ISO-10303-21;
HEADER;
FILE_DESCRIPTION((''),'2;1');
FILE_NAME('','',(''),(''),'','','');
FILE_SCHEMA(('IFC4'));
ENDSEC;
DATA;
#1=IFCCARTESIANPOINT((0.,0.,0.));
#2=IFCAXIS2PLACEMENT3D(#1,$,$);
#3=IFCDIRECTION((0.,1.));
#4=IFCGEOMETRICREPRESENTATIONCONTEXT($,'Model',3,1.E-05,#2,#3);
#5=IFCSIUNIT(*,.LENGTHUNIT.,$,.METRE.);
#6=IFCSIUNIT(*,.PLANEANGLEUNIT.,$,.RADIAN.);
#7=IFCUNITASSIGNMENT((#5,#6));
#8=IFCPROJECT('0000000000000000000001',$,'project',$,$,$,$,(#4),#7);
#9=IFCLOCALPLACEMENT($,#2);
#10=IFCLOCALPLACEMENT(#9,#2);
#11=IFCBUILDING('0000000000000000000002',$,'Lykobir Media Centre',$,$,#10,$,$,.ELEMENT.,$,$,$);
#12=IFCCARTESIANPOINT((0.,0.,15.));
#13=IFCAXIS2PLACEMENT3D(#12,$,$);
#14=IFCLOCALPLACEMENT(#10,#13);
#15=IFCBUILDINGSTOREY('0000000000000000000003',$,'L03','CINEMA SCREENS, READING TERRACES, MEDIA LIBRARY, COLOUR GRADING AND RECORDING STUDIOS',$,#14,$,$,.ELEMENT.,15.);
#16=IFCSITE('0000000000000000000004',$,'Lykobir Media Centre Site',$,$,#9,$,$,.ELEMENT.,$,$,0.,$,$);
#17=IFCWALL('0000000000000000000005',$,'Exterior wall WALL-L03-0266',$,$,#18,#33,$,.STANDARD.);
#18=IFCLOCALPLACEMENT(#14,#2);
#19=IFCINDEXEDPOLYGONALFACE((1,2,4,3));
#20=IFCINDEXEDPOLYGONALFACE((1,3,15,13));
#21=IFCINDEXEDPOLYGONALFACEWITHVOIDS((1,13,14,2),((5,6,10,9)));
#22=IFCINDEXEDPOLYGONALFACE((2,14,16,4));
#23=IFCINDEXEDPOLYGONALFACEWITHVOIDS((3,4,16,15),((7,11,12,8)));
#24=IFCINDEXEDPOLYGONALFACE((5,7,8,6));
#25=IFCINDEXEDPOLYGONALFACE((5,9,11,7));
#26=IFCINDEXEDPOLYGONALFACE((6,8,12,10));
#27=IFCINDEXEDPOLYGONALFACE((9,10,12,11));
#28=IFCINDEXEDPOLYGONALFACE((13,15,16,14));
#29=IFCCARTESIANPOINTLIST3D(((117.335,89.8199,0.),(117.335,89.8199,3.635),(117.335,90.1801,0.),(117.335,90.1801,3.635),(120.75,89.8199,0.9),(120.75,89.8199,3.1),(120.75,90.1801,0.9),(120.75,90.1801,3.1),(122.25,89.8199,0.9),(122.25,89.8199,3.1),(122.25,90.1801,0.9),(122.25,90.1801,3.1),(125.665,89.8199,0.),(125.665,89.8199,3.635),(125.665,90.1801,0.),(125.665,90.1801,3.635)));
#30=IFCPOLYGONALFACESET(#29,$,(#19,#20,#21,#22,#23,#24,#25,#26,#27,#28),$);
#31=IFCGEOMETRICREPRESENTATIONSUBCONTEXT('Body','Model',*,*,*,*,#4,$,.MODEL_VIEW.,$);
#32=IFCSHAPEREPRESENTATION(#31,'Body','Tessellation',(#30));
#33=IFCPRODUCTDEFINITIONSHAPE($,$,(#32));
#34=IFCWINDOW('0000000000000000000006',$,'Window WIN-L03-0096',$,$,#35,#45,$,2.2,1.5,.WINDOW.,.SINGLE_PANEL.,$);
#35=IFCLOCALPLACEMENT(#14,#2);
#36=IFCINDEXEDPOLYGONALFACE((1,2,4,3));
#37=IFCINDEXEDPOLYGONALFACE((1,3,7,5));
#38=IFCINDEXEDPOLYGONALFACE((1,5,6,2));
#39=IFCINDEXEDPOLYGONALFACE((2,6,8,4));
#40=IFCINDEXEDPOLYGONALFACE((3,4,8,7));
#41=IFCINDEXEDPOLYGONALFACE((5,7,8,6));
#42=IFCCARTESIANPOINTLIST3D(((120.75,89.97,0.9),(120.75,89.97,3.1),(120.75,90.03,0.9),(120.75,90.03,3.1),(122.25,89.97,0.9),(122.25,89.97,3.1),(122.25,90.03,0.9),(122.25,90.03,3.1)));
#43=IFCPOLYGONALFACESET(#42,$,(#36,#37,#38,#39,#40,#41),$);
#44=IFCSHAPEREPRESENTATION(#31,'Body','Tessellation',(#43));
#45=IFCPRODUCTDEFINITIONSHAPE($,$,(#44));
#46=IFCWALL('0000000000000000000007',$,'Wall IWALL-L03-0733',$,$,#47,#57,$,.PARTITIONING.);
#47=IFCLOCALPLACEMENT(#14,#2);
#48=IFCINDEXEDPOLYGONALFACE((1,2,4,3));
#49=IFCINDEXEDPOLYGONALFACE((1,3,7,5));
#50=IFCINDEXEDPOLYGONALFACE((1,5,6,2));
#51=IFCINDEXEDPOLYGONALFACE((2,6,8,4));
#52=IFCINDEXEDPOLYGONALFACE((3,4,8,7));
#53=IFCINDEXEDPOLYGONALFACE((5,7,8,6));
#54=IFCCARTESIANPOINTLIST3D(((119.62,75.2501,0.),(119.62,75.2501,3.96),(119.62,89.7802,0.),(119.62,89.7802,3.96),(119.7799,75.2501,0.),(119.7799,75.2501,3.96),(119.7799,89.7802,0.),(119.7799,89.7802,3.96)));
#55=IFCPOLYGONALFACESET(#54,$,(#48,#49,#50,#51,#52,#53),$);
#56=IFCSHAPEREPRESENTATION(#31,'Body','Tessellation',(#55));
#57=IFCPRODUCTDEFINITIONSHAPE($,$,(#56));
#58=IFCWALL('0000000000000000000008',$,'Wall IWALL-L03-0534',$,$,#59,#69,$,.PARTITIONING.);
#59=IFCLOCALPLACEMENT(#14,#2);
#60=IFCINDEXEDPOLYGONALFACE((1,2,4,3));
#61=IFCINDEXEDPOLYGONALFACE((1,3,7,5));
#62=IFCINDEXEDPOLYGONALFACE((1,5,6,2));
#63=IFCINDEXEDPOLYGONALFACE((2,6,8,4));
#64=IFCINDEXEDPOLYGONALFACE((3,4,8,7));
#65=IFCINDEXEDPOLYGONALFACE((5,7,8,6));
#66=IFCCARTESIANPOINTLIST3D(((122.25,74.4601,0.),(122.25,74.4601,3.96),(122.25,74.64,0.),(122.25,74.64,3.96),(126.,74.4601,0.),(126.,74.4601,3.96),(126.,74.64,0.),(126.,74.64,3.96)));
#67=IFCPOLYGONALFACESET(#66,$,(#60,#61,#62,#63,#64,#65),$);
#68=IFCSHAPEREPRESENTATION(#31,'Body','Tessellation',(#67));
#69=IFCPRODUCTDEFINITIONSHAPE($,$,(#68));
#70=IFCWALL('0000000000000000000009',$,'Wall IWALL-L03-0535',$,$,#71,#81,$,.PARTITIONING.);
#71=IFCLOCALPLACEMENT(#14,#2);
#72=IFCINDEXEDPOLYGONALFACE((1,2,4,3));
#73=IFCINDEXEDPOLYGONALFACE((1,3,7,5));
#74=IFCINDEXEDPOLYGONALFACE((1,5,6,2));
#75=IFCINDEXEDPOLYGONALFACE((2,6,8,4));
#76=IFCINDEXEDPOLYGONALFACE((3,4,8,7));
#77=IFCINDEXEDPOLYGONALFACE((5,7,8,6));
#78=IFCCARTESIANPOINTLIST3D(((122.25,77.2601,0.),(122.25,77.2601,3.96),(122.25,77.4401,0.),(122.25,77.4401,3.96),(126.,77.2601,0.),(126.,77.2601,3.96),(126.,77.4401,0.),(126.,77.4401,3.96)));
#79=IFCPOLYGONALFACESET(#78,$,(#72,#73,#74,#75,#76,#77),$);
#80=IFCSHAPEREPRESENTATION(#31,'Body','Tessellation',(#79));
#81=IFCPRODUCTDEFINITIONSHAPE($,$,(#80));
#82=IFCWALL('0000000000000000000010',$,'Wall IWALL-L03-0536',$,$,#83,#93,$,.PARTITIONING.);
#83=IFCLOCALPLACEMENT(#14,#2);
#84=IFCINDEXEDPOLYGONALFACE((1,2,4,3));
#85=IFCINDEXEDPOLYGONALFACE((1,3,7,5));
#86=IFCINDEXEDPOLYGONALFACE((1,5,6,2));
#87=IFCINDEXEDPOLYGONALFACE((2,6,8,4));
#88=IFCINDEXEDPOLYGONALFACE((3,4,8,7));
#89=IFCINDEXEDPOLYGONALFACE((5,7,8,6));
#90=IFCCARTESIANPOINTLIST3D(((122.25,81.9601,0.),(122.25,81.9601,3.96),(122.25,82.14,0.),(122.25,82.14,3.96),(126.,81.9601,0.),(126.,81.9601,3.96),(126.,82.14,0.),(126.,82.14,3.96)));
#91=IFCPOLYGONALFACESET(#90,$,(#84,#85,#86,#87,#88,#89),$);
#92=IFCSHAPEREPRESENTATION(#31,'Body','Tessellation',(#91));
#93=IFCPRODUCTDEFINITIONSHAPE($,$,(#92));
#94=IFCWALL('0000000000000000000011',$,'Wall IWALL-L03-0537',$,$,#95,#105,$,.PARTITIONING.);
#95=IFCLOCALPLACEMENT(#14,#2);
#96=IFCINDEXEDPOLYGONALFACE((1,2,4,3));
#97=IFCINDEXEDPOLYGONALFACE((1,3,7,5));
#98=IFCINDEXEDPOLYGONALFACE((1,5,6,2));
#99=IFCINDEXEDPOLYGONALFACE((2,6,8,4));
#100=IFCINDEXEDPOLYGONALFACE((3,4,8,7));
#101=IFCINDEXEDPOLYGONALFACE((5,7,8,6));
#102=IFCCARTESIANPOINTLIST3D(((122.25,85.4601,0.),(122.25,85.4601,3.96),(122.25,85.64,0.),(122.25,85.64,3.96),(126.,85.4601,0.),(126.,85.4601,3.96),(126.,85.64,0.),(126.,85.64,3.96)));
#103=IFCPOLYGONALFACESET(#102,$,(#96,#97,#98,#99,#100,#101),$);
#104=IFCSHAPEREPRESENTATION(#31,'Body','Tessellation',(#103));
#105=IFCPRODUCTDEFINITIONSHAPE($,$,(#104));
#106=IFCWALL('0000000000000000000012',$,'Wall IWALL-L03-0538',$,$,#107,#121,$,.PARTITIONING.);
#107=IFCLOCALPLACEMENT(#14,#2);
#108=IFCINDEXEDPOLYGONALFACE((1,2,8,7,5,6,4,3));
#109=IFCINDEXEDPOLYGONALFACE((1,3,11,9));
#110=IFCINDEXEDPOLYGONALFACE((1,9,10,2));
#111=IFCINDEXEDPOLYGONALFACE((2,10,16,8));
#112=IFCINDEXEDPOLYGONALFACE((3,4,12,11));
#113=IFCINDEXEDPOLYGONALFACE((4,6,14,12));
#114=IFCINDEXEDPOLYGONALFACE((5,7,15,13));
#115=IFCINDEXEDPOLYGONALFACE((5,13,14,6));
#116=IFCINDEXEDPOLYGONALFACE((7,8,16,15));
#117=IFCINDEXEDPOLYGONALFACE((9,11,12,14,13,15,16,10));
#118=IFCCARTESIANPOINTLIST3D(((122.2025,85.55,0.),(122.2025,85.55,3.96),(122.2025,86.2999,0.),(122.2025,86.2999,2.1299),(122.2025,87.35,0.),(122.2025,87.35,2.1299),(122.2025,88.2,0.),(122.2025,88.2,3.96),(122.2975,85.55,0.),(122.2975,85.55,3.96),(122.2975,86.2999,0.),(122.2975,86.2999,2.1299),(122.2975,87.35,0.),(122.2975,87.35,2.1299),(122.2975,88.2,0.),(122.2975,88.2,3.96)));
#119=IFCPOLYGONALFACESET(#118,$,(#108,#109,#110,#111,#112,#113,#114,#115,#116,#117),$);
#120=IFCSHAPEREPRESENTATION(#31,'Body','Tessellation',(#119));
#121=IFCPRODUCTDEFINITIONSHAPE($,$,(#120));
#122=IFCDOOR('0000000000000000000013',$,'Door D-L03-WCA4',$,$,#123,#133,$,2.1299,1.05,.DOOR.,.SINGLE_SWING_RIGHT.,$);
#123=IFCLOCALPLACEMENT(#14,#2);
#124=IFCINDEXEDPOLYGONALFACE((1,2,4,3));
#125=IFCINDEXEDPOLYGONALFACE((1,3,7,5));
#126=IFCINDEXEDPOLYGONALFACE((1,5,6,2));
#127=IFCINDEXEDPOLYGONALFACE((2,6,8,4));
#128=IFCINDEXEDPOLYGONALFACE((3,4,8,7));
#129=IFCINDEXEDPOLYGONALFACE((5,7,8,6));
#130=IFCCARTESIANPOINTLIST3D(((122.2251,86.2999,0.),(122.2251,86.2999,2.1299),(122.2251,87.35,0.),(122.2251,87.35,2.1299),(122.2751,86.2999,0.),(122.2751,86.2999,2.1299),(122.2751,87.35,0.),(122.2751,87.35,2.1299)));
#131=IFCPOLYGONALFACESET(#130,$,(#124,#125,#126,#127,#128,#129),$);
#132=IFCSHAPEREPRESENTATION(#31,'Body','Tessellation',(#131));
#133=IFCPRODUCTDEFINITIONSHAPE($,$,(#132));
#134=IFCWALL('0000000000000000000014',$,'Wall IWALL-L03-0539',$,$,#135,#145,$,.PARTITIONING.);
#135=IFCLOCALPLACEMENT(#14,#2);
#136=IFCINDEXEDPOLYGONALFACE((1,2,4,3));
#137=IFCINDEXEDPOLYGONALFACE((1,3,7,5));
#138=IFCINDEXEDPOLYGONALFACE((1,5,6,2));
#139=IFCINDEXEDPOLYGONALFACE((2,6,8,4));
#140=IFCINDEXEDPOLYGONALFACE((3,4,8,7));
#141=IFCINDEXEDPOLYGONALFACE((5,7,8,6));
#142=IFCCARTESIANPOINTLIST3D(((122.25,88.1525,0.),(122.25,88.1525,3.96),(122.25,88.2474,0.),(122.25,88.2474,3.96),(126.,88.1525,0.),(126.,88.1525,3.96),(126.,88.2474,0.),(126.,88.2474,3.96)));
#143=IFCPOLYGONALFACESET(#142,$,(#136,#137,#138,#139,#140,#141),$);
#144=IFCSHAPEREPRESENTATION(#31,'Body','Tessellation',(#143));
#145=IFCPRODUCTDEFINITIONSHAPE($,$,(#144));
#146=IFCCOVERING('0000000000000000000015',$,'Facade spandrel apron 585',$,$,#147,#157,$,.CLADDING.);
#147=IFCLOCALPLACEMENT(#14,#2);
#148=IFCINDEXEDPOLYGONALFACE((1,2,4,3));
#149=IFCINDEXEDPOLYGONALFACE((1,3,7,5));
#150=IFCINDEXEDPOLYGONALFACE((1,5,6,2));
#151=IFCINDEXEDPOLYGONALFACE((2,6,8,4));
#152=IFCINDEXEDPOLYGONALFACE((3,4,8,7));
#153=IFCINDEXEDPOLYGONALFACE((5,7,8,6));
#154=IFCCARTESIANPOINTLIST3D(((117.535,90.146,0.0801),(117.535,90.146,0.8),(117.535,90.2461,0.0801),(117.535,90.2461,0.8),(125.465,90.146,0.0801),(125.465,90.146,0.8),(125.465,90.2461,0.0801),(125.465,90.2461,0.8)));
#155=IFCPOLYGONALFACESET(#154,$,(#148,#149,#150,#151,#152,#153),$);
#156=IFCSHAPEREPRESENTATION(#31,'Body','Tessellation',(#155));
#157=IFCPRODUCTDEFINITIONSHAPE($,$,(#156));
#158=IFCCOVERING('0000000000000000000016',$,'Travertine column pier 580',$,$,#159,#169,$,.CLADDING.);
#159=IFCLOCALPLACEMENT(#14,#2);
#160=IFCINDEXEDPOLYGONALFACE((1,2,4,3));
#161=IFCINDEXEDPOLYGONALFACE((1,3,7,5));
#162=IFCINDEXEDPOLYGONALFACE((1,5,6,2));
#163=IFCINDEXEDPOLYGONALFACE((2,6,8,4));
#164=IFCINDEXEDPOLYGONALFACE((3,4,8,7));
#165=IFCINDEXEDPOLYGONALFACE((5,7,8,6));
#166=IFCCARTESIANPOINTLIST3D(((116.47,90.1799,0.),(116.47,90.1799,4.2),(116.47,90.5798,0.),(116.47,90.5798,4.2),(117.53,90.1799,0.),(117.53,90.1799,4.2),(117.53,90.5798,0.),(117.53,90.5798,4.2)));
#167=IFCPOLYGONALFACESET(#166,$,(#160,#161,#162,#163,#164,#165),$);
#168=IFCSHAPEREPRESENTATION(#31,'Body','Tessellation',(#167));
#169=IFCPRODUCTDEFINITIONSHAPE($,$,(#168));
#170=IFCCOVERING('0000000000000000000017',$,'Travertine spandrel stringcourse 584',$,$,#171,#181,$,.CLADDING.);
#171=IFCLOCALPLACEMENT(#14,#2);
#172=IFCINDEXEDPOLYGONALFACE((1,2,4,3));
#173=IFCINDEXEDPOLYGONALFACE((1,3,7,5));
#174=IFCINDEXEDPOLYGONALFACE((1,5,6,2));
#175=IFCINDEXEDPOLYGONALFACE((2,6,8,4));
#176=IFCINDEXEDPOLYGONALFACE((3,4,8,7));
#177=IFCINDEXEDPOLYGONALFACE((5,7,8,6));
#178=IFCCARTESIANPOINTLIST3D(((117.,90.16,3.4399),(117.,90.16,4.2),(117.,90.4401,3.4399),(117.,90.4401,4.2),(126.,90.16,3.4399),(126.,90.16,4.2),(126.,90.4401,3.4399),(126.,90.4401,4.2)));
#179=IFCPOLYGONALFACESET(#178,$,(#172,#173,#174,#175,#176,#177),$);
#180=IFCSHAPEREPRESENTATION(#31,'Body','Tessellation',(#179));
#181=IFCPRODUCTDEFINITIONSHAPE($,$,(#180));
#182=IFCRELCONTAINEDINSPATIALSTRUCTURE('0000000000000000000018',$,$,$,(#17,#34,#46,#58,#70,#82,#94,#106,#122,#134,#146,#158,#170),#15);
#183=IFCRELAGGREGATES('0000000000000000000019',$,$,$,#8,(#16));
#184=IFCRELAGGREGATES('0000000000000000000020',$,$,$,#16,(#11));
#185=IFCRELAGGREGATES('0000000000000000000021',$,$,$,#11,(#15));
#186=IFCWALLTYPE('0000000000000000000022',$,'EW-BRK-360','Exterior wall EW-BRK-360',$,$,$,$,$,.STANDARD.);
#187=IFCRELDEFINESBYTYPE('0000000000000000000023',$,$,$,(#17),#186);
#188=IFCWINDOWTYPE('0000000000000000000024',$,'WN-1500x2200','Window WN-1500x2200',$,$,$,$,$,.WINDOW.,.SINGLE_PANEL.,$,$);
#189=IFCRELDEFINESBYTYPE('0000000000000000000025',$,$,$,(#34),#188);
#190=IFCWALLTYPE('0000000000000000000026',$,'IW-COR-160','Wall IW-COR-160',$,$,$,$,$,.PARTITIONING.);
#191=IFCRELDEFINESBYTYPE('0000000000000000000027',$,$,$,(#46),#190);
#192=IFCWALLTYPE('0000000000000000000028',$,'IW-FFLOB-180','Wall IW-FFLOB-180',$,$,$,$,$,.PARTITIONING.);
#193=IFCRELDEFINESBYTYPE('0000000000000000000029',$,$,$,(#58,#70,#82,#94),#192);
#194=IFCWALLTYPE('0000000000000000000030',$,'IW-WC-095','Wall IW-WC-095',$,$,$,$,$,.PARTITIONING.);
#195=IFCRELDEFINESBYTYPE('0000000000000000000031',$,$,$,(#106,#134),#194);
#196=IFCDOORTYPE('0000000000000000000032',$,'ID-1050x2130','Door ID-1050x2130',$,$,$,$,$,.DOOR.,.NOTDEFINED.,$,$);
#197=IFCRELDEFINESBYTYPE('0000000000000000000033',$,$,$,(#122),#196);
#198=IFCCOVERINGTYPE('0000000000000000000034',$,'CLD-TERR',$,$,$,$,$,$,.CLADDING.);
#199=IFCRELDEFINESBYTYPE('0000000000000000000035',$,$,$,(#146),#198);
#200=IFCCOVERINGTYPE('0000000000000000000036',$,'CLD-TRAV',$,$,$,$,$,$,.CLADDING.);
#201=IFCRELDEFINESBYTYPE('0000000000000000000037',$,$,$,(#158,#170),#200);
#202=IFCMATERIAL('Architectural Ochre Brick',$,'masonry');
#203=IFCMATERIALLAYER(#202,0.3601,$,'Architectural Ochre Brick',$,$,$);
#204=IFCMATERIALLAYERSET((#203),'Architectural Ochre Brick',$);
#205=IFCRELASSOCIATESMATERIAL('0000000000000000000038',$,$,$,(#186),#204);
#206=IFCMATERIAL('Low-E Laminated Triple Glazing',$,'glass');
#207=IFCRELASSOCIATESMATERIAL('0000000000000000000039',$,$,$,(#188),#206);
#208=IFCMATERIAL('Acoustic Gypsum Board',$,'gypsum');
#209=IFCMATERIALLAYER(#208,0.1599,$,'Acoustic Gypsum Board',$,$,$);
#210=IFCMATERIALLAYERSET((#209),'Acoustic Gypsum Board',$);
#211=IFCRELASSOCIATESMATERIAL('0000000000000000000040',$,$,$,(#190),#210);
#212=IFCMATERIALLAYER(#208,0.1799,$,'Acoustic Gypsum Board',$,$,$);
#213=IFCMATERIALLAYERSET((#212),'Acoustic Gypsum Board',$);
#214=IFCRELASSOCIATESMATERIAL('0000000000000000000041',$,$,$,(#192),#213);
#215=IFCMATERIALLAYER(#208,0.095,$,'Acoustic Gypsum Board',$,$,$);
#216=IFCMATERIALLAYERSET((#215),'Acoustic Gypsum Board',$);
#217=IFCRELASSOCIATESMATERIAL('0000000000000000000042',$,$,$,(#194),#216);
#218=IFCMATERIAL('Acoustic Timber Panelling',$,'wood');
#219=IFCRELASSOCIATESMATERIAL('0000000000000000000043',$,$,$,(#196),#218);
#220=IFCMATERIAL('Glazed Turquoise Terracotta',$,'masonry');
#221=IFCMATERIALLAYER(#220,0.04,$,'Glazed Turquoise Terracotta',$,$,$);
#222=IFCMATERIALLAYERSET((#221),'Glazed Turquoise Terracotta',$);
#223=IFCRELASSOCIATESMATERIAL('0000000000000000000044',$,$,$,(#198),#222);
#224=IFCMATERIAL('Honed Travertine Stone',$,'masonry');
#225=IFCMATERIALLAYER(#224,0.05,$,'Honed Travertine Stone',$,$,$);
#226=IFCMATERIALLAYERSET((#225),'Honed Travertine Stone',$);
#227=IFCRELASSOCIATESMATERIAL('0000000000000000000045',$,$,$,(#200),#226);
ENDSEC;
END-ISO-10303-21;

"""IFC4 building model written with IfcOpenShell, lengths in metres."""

from ifc_helpers import new_model, si_unit, direction, frame, frame_2d, origin, origin_2d, place, context, subcontext, project, spatial, rectangle, extrude, material, layer, layer_set, type_object, element, fill, save


model = new_model("IFC4")

# Units and contexts
model_context = context("Model", 3, precision=1e-05, world=origin(), true_north=direction((0.0, 1.0)))
body_context = subcontext(model_context, "Body", "Model", "MODEL_VIEW")
ifc_project = project(units=[si_unit("LENGTHUNIT", "METRE"), si_unit("PLANEANGLEUNIT", "RADIAN")], contexts=[model_context])

# Site, building, storey
site_placement = place(None, origin())
site = spatial("IfcSite", under=ifc_project, at=site_placement, Name="Lykobir Media Centre Site", CompositionType="ELEMENT", RefElevation=0.0)
building_placement = place(site_placement, origin())
building = spatial("IfcBuilding", under=site, at=building_placement, Name="Lykobir Media Centre", CompositionType="ELEMENT")
storey_placement = place(building_placement, frame((0.0, 0.0, 15.0)))
storey = spatial("IfcBuildingStorey", under=building, at=storey_placement, Name="L03", Description="CINEMA SCREENS, READING TERRACES, MEDIA LIBRARY, COLOUR GRADING AND RECORDING STUDIOS", CompositionType="ELEMENT", Elevation=15.0)

# Wall, opening, window
ifc_material_1 = material(Name="Architectural Ochre Brick", Category="masonry")
ifc_layer_1 = layer(ifc_material_1, 0.3601, Name="Architectural Ochre Brick")
ifc_layer_set_1 = layer_set([ifc_layer_1], Name="Architectural Ochre Brick")
wall_type_1 = type_object("IfcWallType", Name="EW-BRK-360", Description="Exterior wall EW-BRK-360", PredefinedType="STANDARD", material=ifc_layer_set_1)
wall_1_placement = place(storey_placement, frame((125.665, 90.0, 0.0), z_axis=(0.0, 0.0, 1.0), x_axis=(-1.0, 0.0, 0.0)))
wall_1 = element("IfcWall", 1, at=wall_1_placement, inside=storey, type_object=wall_type_1, Name="Exterior wall WALL-L03-0266", PredefinedType="STANDARD", context=body_context, shape_type="SweptSolid", body=[
    extrude(rectangle(XDim=8.3301, YDim=0.3601, at=frame_2d((4.165, 0.0))), origin(), (0.0, 0.0, 1.0), 3.635),
])
opening_1_placement = place(wall_1_placement, frame((3.415, 0.0, 0.8999)))
opening_1 = element("IfcOpeningElement", 2, at=opening_1_placement, cuts=wall_1, PredefinedType="OPENING", context=body_context, shape_type="SweptSolid", body=[
    extrude(rectangle(XDim=1.5, YDim=2.2, at=frame_2d((0.75, 1.1001))), frame((0.0, 0.1899, 0.0), z_axis=(0.0, -1.0, 0.0), x_axis=(1.0, 0.0, 0.0)), (0.0, 0.0, 1.0), 0.3801),
])
ifc_material_2 = material(Name="Low-E Laminated Triple Glazing", Category="glass")
window_type = type_object("IfcWindowType", Name="WN-1500x2200", Description="Window WN-1500x2200", PartitioningType="SINGLE_PANEL", PredefinedType="WINDOW", material=ifc_material_2)
window_placement = place(opening_1_placement, origin())
window = element("IfcWindow", 3, at=window_placement, inside=storey, type_object=window_type, Name="Window WIN-L03-0096", OverallHeight=2.2, OverallWidth=1.5, PartitioningType="SINGLE_PANEL", PredefinedType="WINDOW", context=body_context, shape_type="SweptSolid", body=[
    extrude(rectangle(XDim=1.5, YDim=2.2, at=frame_2d((0.75, 1.1001))), frame((0.0, 0.03, 0.0), z_axis=(0.0, -1.0, 0.0), x_axis=(1.0, 0.0, 0.0)), (0.0, 0.0, 1.0), 0.0601),
])
fill(opening_1, window)

# Walls
ifc_material_3 = material(Name="Acoustic Gypsum Board", Category="gypsum")
ifc_layer_2 = layer(ifc_material_3, 0.1599, Name="Acoustic Gypsum Board")
ifc_layer_set_2 = layer_set([ifc_layer_2], Name="Acoustic Gypsum Board")
wall_type_2 = type_object("IfcWallType", Name="IW-COR-160", Description="Wall IW-COR-160", PredefinedType="PARTITIONING", material=ifc_layer_set_2)
wall_2_placement = place(storey_placement, frame((119.7, 75.25, 0.0), z_axis=(0.0, 0.0, 1.0), x_axis=(0.0, 1.0, 0.0)))
element("IfcWall", 4, at=wall_2_placement, inside=storey, type_object=wall_type_2, Name="Wall IWALL-L03-0733", PredefinedType="PARTITIONING", context=body_context, shape_type="SweptSolid", body=[
    extrude(rectangle(XDim=14.53, YDim=0.1599, at=frame_2d((7.2651, 0.0))), origin(), (0.0, 0.0, 1.0), 3.96),
])
ifc_layer_3 = layer(ifc_material_3, 0.1799, Name="Acoustic Gypsum Board")
ifc_layer_set_3 = layer_set([ifc_layer_3], Name="Acoustic Gypsum Board")
wall_type_3 = type_object("IfcWallType", Name="IW-FFLOB-180", Description="Wall IW-FFLOB-180", PredefinedType="PARTITIONING", material=ifc_layer_set_3)
for number, where, z_axis, x_axis, name in (
    (5, (122.25, 74.55, 0.0), (0.0, 0.0, 1.0), (1.0, 0.0, 0.0), "Wall IWALL-L03-0534"),
    (6, (122.25, 77.3501, 0.0), (0.0, 0.0, 1.0), (1.0, 0.0, 0.0), "Wall IWALL-L03-0535"),
    (7, (122.25, 82.05, 0.0), (0.0, 0.0, 1.0), (1.0, 0.0, 0.0), "Wall IWALL-L03-0536"),
    (8, (122.25, 85.55, 0.0), (0.0, 0.0, 1.0), (1.0, 0.0, 0.0), "Wall IWALL-L03-0537"),
):
    element("IfcWall", number, at=place(storey_placement, frame(where, z_axis=z_axis, x_axis=x_axis)), inside=storey, type_object=wall_type_3, Name=name, PredefinedType="PARTITIONING", context=body_context, shape_type="SweptSolid", body=[
        extrude(rectangle(XDim=3.75, YDim=0.1799, at=frame_2d((1.875, 0.0))), origin(), (0.0, 0.0, 1.0), 3.96),
    ])

# Wall, opening, door
ifc_layer_4 = layer(ifc_material_3, 0.095, Name="Acoustic Gypsum Board")
ifc_layer_set_4 = layer_set([ifc_layer_4], Name="Acoustic Gypsum Board")
wall_type_4 = type_object("IfcWallType", Name="IW-WC-095", Description="Wall IW-WC-095", PredefinedType="PARTITIONING", material=ifc_layer_set_4)
wall_3_placement = place(storey_placement, frame((122.25, 85.55, 0.0), z_axis=(0.0, 0.0, 1.0), x_axis=(0.0, 1.0, 0.0)))
wall_3 = element("IfcWall", 9, at=wall_3_placement, inside=storey, type_object=wall_type_4, Name="Wall IWALL-L03-0538", PredefinedType="PARTITIONING", context=body_context, shape_type="SweptSolid", body=[
    extrude(rectangle(XDim=2.6499, YDim=0.095, at=frame_2d((1.325, 0.0))), origin(), (0.0, 0.0, 1.0), 3.96),
])
opening_2_placement = place(wall_3_placement, frame((0.75, 0.0, 0.0)))
opening_2 = element("IfcOpeningElement", 10, at=opening_2_placement, cuts=wall_3, PredefinedType="OPENING", context=body_context, shape_type="SweptSolid", body=[
    extrude(rectangle(XDim=1.05, YDim=2.1299, at=frame_2d((0.5249, 1.0649))), frame((0.0, 0.0574, 0.0), z_axis=(0.0, -1.0, 0.0), x_axis=(1.0, 0.0, 0.0)), (0.0, 0.0, 1.0), 0.115),
])
ifc_material_4 = material(Name="Acoustic Timber Panelling", Category="wood")
door_type = type_object("IfcDoorType", Name="ID-1050x2130", Description="Door ID-1050x2130", OperationType="NOTDEFINED", PredefinedType="DOOR", material=ifc_material_4)
door_placement = place(opening_2_placement, origin())
door = element("IfcDoor", 11, at=door_placement, inside=storey, type_object=door_type, Name="Door D-L03-WCA4", OperationType="SINGLE_SWING_RIGHT", OverallHeight=2.1299, OverallWidth=1.05, PredefinedType="DOOR", context=body_context, shape_type="SweptSolid", body=[
    extrude(rectangle(XDim=1.05, YDim=2.1299, at=frame_2d((0.5249, 1.0649))), frame((0.0, 0.0249, 0.0), z_axis=(0.0, -1.0, 0.0), x_axis=(1.0, 0.0, 0.0)), (0.0, 0.0, 1.0), 0.05),
])
fill(opening_2, door)

# Wall
wall_4_placement = place(storey_placement, frame((122.25, 88.2, 0.0), z_axis=(0.0, 0.0, 1.0), x_axis=(1.0, 0.0, 0.0)))
element("IfcWall", 12, at=wall_4_placement, inside=storey, type_object=wall_type_4, Name="Wall IWALL-L03-0539", PredefinedType="PARTITIONING", context=body_context, shape_type="SweptSolid", body=[
    extrude(rectangle(XDim=3.75, YDim=0.095, at=frame_2d((1.875, 0.0))), origin(), (0.0, 0.0, 1.0), 3.96),
])

# Coverings
ifc_material_5 = material(Name="Glazed Turquoise Terracotta", Category="masonry")
ifc_layer_5 = layer(ifc_material_5, 0.04, Name="Glazed Turquoise Terracotta")
ifc_layer_set_5 = layer_set([ifc_layer_5], Name="Glazed Turquoise Terracotta")
covering_type_1 = type_object("IfcCoveringType", Name="CLD-TERR", PredefinedType="CLADDING", material=ifc_layer_set_5)
covering_1_placement = place(storey_placement, frame((121.5, 90.196, 0.0801), z_axis=(0.0, 0.0, 1.0), x_axis=(-1.0, 0.0, 0.0)))
element("IfcCovering", 13, at=covering_1_placement, inside=storey, type_object=covering_type_1, Name="Facade spandrel apron 585", PredefinedType="CLADDING", context=body_context, shape_type="SweptSolid", body=[
    extrude(rectangle(XDim=7.9299, YDim=0.1001, at=origin_2d()), origin(), (0.0, 0.0, 1.0), 0.72),
])
ifc_material_6 = material(Name="Honed Travertine Stone", Category="masonry")
ifc_layer_6 = layer(ifc_material_6, 0.05, Name="Honed Travertine Stone")
ifc_layer_set_6 = layer_set([ifc_layer_6], Name="Honed Travertine Stone")
covering_type_2 = type_object("IfcCoveringType", Name="CLD-TRAV", PredefinedType="CLADDING", material=ifc_layer_set_6)
covering_2_placement = place(storey_placement, frame((117.0, 90.3799, 0.0), z_axis=(0.0, 0.0, 1.0), x_axis=(-1.0, 0.0, 0.0)))
element("IfcCovering", 14, at=covering_2_placement, inside=storey, type_object=covering_type_2, Name="Travertine column pier 580", PredefinedType="CLADDING", context=body_context, shape_type="SweptSolid", body=[
    extrude(rectangle(XDim=1.0601, YDim=0.3999, at=origin_2d()), origin(), (0.0, 0.0, 1.0), 4.2),
])
covering_3_placement = place(storey_placement, frame((121.5, 90.3, 3.4399), z_axis=(0.0, 0.0, 1.0), x_axis=(-1.0, 0.0, 0.0)))
element("IfcCovering", 15, at=covering_3_placement, inside=storey, type_object=covering_type_2, Name="Travertine spandrel stringcourse 584", PredefinedType="CLADDING", context=body_context, shape_type="SweptSolid", body=[
    extrude(rectangle(XDim=9.0, YDim=0.28, at=origin_2d()), origin(), (0.0, 0.0, 1.0), 0.76),
])

save(model, "model.ifc")
